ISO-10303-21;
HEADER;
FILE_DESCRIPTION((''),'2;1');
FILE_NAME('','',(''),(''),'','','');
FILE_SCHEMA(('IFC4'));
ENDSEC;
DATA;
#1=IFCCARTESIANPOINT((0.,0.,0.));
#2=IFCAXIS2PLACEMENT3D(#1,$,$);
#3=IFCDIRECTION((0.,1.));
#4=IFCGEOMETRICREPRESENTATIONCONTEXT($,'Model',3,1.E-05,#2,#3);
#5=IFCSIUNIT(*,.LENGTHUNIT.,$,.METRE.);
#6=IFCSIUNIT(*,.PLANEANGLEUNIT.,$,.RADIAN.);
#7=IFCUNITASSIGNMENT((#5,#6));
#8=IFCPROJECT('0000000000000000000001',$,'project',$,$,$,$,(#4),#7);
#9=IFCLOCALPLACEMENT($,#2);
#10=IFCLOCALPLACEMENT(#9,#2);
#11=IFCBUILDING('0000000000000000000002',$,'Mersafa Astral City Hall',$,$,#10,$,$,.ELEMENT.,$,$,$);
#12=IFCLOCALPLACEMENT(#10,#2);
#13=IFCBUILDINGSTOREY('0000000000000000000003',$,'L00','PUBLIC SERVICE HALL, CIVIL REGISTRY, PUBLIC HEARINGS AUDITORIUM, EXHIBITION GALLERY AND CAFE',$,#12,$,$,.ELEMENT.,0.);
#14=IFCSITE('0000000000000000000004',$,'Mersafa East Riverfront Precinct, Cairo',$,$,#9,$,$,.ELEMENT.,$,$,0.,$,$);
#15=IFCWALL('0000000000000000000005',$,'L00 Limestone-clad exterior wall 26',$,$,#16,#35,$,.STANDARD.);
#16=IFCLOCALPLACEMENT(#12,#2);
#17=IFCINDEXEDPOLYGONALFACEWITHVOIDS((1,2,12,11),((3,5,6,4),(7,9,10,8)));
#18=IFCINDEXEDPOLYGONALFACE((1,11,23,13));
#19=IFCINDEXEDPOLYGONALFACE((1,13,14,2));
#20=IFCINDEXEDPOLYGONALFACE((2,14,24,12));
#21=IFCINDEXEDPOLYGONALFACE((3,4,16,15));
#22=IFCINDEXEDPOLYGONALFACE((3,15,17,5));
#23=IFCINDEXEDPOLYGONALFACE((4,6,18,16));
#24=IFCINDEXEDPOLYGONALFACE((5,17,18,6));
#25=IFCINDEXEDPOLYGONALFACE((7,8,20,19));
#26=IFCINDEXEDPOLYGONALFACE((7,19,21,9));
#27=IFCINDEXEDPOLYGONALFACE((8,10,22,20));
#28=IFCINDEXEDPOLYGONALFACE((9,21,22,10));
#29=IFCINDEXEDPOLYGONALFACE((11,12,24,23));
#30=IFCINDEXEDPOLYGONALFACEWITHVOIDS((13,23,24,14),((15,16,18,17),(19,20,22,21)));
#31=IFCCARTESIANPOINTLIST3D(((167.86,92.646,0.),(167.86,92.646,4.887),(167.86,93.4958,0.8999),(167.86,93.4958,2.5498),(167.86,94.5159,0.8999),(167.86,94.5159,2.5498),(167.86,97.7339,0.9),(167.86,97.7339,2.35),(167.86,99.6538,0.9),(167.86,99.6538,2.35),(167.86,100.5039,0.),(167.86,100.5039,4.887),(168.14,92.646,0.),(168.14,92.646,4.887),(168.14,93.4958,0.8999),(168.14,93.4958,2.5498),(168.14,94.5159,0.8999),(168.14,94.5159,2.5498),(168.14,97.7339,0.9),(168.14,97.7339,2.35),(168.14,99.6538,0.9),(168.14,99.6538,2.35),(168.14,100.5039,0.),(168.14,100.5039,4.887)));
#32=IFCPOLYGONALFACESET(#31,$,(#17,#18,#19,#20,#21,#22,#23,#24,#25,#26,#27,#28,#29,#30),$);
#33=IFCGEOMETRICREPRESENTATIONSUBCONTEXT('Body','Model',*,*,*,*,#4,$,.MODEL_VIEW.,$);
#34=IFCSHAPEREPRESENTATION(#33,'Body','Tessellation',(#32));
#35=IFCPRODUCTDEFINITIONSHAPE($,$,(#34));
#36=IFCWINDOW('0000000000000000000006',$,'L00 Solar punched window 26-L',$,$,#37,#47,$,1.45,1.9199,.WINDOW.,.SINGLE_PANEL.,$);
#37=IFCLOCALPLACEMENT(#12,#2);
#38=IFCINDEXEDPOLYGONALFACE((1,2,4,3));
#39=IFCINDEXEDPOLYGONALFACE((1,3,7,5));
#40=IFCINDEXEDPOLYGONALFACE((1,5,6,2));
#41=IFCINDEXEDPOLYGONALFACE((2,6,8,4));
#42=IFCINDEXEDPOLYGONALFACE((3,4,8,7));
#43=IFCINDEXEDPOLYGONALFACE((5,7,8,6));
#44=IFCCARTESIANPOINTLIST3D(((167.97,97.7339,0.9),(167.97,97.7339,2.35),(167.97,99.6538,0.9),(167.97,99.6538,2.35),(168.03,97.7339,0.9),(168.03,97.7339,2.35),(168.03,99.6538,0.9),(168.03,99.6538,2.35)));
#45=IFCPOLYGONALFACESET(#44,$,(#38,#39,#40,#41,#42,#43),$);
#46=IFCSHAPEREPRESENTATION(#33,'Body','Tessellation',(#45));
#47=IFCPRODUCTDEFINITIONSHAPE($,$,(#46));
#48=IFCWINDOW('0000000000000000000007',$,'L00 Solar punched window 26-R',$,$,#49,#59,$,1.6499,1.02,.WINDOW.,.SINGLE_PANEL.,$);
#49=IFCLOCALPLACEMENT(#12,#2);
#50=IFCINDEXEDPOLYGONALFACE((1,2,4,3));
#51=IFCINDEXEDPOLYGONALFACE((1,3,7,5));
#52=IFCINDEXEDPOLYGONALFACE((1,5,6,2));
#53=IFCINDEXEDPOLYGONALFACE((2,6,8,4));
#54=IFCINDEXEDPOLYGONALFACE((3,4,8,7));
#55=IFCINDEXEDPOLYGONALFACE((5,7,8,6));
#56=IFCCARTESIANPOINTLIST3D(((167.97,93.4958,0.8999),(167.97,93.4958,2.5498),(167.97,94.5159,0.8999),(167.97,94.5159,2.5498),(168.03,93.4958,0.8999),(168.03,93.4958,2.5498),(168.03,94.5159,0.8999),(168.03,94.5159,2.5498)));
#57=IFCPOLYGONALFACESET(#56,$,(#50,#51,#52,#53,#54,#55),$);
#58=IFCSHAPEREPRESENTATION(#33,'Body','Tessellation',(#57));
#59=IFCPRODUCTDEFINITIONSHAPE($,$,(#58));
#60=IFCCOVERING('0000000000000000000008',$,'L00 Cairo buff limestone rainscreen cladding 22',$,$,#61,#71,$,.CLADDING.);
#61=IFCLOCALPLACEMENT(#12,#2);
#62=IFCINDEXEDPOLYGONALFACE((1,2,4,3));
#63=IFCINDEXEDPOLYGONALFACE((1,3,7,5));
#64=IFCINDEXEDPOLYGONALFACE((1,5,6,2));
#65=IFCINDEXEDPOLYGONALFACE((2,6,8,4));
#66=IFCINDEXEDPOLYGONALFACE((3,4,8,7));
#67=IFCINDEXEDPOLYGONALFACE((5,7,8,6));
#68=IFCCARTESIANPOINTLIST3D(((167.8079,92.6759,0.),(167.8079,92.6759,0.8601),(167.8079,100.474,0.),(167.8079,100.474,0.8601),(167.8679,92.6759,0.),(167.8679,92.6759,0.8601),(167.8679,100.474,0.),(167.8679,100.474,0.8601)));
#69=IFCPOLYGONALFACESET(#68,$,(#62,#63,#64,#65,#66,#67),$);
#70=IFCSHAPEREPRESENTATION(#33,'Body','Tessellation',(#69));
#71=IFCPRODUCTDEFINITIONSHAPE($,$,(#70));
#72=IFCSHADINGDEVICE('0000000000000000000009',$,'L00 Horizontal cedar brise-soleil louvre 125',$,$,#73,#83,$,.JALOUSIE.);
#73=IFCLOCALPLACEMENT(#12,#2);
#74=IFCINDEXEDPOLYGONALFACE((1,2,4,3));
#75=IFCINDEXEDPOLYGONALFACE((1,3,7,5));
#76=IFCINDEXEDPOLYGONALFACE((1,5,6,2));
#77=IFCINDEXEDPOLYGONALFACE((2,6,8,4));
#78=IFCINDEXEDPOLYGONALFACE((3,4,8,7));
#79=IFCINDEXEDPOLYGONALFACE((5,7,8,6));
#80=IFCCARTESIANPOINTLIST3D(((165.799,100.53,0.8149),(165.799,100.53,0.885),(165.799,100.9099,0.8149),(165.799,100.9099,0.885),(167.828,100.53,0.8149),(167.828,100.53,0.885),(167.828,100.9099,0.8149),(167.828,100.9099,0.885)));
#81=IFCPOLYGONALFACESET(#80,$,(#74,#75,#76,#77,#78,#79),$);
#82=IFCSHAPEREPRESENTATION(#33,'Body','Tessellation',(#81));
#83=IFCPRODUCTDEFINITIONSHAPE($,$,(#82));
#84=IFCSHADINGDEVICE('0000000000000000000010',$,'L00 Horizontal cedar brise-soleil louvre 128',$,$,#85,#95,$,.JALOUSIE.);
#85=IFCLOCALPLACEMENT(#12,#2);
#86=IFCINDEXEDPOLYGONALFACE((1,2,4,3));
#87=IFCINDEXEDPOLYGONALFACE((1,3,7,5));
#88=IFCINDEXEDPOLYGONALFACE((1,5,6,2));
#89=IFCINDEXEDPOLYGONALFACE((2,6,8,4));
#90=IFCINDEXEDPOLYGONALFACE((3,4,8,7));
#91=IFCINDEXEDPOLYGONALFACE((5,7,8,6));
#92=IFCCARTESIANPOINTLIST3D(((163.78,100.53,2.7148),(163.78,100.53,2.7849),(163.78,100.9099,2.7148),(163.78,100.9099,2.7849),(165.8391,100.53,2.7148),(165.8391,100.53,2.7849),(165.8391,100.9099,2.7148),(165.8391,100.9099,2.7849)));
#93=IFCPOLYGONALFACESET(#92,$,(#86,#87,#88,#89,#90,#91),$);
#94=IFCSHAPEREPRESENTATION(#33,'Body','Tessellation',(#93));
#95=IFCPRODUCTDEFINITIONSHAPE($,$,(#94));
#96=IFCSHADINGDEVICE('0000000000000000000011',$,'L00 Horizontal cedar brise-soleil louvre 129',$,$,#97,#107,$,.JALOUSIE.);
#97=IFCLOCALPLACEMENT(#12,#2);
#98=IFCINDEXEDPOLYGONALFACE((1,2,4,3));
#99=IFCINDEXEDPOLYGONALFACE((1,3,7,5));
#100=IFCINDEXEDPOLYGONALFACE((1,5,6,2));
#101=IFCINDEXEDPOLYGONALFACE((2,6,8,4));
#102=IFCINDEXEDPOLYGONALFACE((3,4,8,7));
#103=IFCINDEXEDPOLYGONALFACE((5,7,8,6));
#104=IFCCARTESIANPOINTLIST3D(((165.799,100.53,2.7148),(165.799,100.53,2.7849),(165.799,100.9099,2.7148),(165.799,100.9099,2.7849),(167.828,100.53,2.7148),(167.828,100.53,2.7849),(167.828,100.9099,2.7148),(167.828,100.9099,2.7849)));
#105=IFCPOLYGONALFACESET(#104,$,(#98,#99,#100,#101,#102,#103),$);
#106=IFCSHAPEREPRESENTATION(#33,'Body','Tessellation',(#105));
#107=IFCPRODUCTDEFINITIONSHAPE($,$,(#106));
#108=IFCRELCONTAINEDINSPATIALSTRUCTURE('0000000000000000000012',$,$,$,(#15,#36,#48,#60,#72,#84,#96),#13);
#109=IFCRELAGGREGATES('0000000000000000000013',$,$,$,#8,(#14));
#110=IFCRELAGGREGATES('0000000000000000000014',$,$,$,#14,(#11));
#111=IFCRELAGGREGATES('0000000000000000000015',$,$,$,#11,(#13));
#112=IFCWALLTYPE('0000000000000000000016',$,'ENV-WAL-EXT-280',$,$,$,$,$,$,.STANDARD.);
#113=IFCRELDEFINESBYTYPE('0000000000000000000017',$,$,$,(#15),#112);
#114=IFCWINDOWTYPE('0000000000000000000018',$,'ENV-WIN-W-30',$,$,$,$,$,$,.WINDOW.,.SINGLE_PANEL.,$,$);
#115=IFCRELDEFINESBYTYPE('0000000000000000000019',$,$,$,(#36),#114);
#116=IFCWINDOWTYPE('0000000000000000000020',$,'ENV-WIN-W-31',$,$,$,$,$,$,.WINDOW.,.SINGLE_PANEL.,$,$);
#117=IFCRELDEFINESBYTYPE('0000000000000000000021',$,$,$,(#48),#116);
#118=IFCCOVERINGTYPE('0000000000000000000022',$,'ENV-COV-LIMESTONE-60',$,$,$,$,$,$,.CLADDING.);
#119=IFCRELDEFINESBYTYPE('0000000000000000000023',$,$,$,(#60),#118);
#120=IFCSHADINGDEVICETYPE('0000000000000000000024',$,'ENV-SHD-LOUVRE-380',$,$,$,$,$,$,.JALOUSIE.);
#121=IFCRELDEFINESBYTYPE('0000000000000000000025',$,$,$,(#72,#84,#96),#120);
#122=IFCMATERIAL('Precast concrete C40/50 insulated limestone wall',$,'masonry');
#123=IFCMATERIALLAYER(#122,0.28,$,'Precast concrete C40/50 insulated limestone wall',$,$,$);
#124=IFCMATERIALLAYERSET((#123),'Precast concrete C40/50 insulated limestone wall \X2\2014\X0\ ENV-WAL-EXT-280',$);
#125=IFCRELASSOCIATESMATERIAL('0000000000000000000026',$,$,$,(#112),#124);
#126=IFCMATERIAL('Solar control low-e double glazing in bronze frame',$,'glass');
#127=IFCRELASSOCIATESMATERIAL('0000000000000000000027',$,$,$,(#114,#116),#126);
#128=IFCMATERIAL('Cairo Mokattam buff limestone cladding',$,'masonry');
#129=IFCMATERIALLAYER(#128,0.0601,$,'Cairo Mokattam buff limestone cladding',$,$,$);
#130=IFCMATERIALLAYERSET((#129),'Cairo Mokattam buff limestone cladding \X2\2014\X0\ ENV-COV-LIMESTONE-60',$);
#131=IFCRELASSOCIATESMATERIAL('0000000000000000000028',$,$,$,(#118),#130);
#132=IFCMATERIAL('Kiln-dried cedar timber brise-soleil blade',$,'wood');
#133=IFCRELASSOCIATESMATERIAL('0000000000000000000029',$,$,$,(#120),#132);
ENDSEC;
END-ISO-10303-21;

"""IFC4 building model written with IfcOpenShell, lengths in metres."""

from ifc_helpers import new_model, si_unit, direction, frame, frame_2d, origin, origin_2d, place, context, subcontext, project, spatial, rectangle, extrude, material, layer, layer_set, type_object, element, fill, save


model = new_model("IFC4")

# Units and contexts
model_context = context("Model", 3, precision=1e-05, world=origin(), true_north=direction((0.0, 1.0)))
body_context = subcontext(model_context, "Body", "Model", "MODEL_VIEW")
ifc_project = project(units=[si_unit("LENGTHUNIT", "METRE"), si_unit("PLANEANGLEUNIT", "RADIAN")], contexts=[model_context])

# Site, building, storey
site_placement = place(None, origin())
site = spatial("IfcSite", under=ifc_project, at=site_placement, Name="Mersafa East Riverfront Precinct, Cairo", CompositionType="ELEMENT", RefElevation=0.0)
building_placement = place(site_placement, origin())
building = spatial("IfcBuilding", under=site, at=building_placement, Name="Mersafa Astral City Hall", CompositionType="ELEMENT")
storey_placement = place(building_placement, origin())
storey = spatial("IfcBuildingStorey", under=building, at=storey_placement, Name="L00", Description="PUBLIC SERVICE HALL, CIVIL REGISTRY, PUBLIC HEARINGS AUDITORIUM, EXHIBITION GALLERY AND CAFE", CompositionType="ELEMENT", Elevation=0.0)

# Wall, openings, windows
ifc_material_1 = material(Name="Precast concrete C40/50 insulated limestone wall", Category="masonry")
ifc_layer_1 = layer(ifc_material_1, 0.28, Name="Precast concrete C40/50 insulated limestone wall")
ifc_layer_set_1 = layer_set([ifc_layer_1], Name="Precast concrete C40/50 insulated limestone wall — ENV-WAL-EXT-280")
wall_type = type_object("IfcWallType", Name="ENV-WAL-EXT-280", PredefinedType="STANDARD", material=ifc_layer_set_1)
wall_placement = place(storey_placement, frame((168.0, 100.5039, 0.0), z_axis=(0.0, 0.0, 1.0), x_axis=(0.0, -1.0, 0.0)))
wall = element("IfcWall", 1, at=wall_placement, inside=storey, type_object=wall_type, Name="L00 Limestone-clad exterior wall 26", PredefinedType="STANDARD", context=body_context, shape_type="SweptSolid", body=[
    extrude(rectangle(XDim=7.8579, YDim=0.28, at=frame_2d((3.929, 0.0))), origin(), (0.0, 0.0, 1.0), 4.887),
])
opening_1_placement = place(wall_placement, frame((0.8501, 0.0, 0.8999)))
opening_1 = element("IfcOpeningElement", 2, at=opening_1_placement, cuts=wall, PredefinedType="OPENING", context=body_context, shape_type="SweptSolid", body=[
    extrude(rectangle(XDim=1.9199, YDim=1.45, at=frame_2d((0.96, 0.7251))), frame((0.0, 0.1499, 0.0), z_axis=(0.0, -1.0, 0.0), x_axis=(1.0, 0.0, 0.0)), (0.0, 0.0, 1.0), 0.3),
])
opening_2_placement = place(wall_placement, frame((5.988, 0.0, 0.8999)))
opening_2 = element("IfcOpeningElement", 3, at=opening_2_placement, cuts=wall, PredefinedType="OPENING", context=body_context, shape_type="SweptSolid", body=[
    extrude(rectangle(XDim=1.02, YDim=1.6499, at=frame_2d((0.51, 0.825))), frame((0.0, 0.1499, 0.0), z_axis=(0.0, -1.0, 0.0), x_axis=(1.0, 0.0, 0.0)), (0.0, 0.0, 1.0), 0.3),
])
ifc_material_2 = material(Name="Solar control low-e double glazing in bronze frame", Category="glass")
window_type_1 = type_object("IfcWindowType", Name="ENV-WIN-W-30", PartitioningType="SINGLE_PANEL", PredefinedType="WINDOW", material=ifc_material_2)
window_1_placement = place(opening_1_placement, origin())
window_1 = element("IfcWindow", 4, at=window_1_placement, inside=storey, type_object=window_type_1, Name="L00 Solar punched window 26-L", OverallHeight=1.45, OverallWidth=1.9199, PartitioningType="SINGLE_PANEL", PredefinedType="WINDOW", context=body_context, shape_type="SweptSolid", body=[
    extrude(rectangle(XDim=1.9199, YDim=1.45, at=frame_2d((0.96, 0.7251))), frame((0.0, 0.03, 0.0), z_axis=(0.0, -1.0, 0.0), x_axis=(1.0, 0.0, 0.0)), (0.0, 0.0, 1.0), 0.0601),
])
fill(opening_1, window_1)
window_type_2 = type_object("IfcWindowType", Name="ENV-WIN-W-31", PartitioningType="SINGLE_PANEL", PredefinedType="WINDOW", material=ifc_material_2)
window_2_placement = place(opening_2_placement, origin())
window_2 = element("IfcWindow", 5, at=window_2_placement, inside=storey, type_object=window_type_2, Name="L00 Solar punched window 26-R", OverallHeight=1.6499, OverallWidth=1.02, PartitioningType="SINGLE_PANEL", PredefinedType="WINDOW", context=body_context, shape_type="SweptSolid", body=[
    extrude(rectangle(XDim=1.02, YDim=1.6499, at=frame_2d((0.51, 0.825))), frame((0.0, 0.03, 0.0), z_axis=(0.0, -1.0, 0.0), x_axis=(1.0, 0.0, 0.0)), (0.0, 0.0, 1.0), 0.0601),
])
fill(opening_2, window_2)

# Covering
ifc_material_3 = material(Name="Cairo Mokattam buff limestone cladding", Category="masonry")
ifc_layer_2 = layer(ifc_material_3, 0.0601, Name="Cairo Mokattam buff limestone cladding")
ifc_layer_set_2 = layer_set([ifc_layer_2], Name="Cairo Mokattam buff limestone cladding — ENV-COV-LIMESTONE-60")
covering_type = type_object("IfcCoveringType", Name="ENV-COV-LIMESTONE-60", PredefinedType="CLADDING", material=ifc_layer_set_2)
covering_placement = place(storey_placement, frame((167.8379, 96.575, 0.0), z_axis=(0.0, 0.0, 1.0), x_axis=(0.0, -1.0, 0.0)))
element("IfcCovering", 6, at=covering_placement, inside=storey, type_object=covering_type, Name="L00 Cairo buff limestone rainscreen cladding 22", PredefinedType="CLADDING", context=body_context, shape_type="SweptSolid", body=[
    extrude(rectangle(XDim=7.7981, YDim=0.0601, at=origin_2d()), origin(), (0.0, 0.0, 1.0), 0.8601),
])

# Shading devices
ifc_material_4 = material(Name="Kiln-dried cedar timber brise-soleil blade", Category="wood")
shading_device_type = type_object("IfcShadingDeviceType", Name="ENV-SHD-LOUVRE-380", PredefinedType="JALOUSIE", material=ifc_material_4)
shading_device_1_placement = place(storey_placement, frame((166.8135, 100.72, 0.8149), z_axis=(0.0, 0.0, 1.0), x_axis=(1.0, 0.0, 0.0)))
element("IfcShadingDevice", 7, at=shading_device_1_placement, inside=storey, type_object=shading_device_type, Name="L00 Horizontal cedar brise-soleil louvre 125", PredefinedType="JALOUSIE", context=body_context, shape_type="SweptSolid", body=[
    extrude(rectangle(XDim=2.0291, YDim=0.3799, at=origin_2d()), origin(), (0.0, 0.0, 1.0), 0.0701),
])
shading_device_2_placement = place(storey_placement, frame((164.8096, 100.72, 2.7148), z_axis=(0.0, 0.0, 1.0), x_axis=(1.0, 0.0, 0.0)))
element("IfcShadingDevice", 8, at=shading_device_2_placement, inside=storey, type_object=shading_device_type, Name="L00 Horizontal cedar brise-soleil louvre 128", PredefinedType="JALOUSIE", context=body_context, shape_type="SweptSolid", body=[
    extrude(rectangle(XDim=2.0591, YDim=0.3799, at=origin_2d()), origin(), (0.0, 0.0, 1.0), 0.0701),
])
shading_device_3_placement = place(storey_placement, frame((166.8135, 100.72, 2.7148), z_axis=(0.0, 0.0, 1.0), x_axis=(1.0, 0.0, 0.0)))
element("IfcShadingDevice", 9, at=shading_device_3_placement, inside=storey, type_object=shading_device_type, Name="L00 Horizontal cedar brise-soleil louvre 129", PredefinedType="JALOUSIE", context=body_context, shape_type="SweptSolid", body=[
    extrude(rectangle(XDim=2.0291, YDim=0.3799, at=origin_2d()), origin(), (0.0, 0.0, 1.0), 0.0701),
])

save(model, "model.ifc")
